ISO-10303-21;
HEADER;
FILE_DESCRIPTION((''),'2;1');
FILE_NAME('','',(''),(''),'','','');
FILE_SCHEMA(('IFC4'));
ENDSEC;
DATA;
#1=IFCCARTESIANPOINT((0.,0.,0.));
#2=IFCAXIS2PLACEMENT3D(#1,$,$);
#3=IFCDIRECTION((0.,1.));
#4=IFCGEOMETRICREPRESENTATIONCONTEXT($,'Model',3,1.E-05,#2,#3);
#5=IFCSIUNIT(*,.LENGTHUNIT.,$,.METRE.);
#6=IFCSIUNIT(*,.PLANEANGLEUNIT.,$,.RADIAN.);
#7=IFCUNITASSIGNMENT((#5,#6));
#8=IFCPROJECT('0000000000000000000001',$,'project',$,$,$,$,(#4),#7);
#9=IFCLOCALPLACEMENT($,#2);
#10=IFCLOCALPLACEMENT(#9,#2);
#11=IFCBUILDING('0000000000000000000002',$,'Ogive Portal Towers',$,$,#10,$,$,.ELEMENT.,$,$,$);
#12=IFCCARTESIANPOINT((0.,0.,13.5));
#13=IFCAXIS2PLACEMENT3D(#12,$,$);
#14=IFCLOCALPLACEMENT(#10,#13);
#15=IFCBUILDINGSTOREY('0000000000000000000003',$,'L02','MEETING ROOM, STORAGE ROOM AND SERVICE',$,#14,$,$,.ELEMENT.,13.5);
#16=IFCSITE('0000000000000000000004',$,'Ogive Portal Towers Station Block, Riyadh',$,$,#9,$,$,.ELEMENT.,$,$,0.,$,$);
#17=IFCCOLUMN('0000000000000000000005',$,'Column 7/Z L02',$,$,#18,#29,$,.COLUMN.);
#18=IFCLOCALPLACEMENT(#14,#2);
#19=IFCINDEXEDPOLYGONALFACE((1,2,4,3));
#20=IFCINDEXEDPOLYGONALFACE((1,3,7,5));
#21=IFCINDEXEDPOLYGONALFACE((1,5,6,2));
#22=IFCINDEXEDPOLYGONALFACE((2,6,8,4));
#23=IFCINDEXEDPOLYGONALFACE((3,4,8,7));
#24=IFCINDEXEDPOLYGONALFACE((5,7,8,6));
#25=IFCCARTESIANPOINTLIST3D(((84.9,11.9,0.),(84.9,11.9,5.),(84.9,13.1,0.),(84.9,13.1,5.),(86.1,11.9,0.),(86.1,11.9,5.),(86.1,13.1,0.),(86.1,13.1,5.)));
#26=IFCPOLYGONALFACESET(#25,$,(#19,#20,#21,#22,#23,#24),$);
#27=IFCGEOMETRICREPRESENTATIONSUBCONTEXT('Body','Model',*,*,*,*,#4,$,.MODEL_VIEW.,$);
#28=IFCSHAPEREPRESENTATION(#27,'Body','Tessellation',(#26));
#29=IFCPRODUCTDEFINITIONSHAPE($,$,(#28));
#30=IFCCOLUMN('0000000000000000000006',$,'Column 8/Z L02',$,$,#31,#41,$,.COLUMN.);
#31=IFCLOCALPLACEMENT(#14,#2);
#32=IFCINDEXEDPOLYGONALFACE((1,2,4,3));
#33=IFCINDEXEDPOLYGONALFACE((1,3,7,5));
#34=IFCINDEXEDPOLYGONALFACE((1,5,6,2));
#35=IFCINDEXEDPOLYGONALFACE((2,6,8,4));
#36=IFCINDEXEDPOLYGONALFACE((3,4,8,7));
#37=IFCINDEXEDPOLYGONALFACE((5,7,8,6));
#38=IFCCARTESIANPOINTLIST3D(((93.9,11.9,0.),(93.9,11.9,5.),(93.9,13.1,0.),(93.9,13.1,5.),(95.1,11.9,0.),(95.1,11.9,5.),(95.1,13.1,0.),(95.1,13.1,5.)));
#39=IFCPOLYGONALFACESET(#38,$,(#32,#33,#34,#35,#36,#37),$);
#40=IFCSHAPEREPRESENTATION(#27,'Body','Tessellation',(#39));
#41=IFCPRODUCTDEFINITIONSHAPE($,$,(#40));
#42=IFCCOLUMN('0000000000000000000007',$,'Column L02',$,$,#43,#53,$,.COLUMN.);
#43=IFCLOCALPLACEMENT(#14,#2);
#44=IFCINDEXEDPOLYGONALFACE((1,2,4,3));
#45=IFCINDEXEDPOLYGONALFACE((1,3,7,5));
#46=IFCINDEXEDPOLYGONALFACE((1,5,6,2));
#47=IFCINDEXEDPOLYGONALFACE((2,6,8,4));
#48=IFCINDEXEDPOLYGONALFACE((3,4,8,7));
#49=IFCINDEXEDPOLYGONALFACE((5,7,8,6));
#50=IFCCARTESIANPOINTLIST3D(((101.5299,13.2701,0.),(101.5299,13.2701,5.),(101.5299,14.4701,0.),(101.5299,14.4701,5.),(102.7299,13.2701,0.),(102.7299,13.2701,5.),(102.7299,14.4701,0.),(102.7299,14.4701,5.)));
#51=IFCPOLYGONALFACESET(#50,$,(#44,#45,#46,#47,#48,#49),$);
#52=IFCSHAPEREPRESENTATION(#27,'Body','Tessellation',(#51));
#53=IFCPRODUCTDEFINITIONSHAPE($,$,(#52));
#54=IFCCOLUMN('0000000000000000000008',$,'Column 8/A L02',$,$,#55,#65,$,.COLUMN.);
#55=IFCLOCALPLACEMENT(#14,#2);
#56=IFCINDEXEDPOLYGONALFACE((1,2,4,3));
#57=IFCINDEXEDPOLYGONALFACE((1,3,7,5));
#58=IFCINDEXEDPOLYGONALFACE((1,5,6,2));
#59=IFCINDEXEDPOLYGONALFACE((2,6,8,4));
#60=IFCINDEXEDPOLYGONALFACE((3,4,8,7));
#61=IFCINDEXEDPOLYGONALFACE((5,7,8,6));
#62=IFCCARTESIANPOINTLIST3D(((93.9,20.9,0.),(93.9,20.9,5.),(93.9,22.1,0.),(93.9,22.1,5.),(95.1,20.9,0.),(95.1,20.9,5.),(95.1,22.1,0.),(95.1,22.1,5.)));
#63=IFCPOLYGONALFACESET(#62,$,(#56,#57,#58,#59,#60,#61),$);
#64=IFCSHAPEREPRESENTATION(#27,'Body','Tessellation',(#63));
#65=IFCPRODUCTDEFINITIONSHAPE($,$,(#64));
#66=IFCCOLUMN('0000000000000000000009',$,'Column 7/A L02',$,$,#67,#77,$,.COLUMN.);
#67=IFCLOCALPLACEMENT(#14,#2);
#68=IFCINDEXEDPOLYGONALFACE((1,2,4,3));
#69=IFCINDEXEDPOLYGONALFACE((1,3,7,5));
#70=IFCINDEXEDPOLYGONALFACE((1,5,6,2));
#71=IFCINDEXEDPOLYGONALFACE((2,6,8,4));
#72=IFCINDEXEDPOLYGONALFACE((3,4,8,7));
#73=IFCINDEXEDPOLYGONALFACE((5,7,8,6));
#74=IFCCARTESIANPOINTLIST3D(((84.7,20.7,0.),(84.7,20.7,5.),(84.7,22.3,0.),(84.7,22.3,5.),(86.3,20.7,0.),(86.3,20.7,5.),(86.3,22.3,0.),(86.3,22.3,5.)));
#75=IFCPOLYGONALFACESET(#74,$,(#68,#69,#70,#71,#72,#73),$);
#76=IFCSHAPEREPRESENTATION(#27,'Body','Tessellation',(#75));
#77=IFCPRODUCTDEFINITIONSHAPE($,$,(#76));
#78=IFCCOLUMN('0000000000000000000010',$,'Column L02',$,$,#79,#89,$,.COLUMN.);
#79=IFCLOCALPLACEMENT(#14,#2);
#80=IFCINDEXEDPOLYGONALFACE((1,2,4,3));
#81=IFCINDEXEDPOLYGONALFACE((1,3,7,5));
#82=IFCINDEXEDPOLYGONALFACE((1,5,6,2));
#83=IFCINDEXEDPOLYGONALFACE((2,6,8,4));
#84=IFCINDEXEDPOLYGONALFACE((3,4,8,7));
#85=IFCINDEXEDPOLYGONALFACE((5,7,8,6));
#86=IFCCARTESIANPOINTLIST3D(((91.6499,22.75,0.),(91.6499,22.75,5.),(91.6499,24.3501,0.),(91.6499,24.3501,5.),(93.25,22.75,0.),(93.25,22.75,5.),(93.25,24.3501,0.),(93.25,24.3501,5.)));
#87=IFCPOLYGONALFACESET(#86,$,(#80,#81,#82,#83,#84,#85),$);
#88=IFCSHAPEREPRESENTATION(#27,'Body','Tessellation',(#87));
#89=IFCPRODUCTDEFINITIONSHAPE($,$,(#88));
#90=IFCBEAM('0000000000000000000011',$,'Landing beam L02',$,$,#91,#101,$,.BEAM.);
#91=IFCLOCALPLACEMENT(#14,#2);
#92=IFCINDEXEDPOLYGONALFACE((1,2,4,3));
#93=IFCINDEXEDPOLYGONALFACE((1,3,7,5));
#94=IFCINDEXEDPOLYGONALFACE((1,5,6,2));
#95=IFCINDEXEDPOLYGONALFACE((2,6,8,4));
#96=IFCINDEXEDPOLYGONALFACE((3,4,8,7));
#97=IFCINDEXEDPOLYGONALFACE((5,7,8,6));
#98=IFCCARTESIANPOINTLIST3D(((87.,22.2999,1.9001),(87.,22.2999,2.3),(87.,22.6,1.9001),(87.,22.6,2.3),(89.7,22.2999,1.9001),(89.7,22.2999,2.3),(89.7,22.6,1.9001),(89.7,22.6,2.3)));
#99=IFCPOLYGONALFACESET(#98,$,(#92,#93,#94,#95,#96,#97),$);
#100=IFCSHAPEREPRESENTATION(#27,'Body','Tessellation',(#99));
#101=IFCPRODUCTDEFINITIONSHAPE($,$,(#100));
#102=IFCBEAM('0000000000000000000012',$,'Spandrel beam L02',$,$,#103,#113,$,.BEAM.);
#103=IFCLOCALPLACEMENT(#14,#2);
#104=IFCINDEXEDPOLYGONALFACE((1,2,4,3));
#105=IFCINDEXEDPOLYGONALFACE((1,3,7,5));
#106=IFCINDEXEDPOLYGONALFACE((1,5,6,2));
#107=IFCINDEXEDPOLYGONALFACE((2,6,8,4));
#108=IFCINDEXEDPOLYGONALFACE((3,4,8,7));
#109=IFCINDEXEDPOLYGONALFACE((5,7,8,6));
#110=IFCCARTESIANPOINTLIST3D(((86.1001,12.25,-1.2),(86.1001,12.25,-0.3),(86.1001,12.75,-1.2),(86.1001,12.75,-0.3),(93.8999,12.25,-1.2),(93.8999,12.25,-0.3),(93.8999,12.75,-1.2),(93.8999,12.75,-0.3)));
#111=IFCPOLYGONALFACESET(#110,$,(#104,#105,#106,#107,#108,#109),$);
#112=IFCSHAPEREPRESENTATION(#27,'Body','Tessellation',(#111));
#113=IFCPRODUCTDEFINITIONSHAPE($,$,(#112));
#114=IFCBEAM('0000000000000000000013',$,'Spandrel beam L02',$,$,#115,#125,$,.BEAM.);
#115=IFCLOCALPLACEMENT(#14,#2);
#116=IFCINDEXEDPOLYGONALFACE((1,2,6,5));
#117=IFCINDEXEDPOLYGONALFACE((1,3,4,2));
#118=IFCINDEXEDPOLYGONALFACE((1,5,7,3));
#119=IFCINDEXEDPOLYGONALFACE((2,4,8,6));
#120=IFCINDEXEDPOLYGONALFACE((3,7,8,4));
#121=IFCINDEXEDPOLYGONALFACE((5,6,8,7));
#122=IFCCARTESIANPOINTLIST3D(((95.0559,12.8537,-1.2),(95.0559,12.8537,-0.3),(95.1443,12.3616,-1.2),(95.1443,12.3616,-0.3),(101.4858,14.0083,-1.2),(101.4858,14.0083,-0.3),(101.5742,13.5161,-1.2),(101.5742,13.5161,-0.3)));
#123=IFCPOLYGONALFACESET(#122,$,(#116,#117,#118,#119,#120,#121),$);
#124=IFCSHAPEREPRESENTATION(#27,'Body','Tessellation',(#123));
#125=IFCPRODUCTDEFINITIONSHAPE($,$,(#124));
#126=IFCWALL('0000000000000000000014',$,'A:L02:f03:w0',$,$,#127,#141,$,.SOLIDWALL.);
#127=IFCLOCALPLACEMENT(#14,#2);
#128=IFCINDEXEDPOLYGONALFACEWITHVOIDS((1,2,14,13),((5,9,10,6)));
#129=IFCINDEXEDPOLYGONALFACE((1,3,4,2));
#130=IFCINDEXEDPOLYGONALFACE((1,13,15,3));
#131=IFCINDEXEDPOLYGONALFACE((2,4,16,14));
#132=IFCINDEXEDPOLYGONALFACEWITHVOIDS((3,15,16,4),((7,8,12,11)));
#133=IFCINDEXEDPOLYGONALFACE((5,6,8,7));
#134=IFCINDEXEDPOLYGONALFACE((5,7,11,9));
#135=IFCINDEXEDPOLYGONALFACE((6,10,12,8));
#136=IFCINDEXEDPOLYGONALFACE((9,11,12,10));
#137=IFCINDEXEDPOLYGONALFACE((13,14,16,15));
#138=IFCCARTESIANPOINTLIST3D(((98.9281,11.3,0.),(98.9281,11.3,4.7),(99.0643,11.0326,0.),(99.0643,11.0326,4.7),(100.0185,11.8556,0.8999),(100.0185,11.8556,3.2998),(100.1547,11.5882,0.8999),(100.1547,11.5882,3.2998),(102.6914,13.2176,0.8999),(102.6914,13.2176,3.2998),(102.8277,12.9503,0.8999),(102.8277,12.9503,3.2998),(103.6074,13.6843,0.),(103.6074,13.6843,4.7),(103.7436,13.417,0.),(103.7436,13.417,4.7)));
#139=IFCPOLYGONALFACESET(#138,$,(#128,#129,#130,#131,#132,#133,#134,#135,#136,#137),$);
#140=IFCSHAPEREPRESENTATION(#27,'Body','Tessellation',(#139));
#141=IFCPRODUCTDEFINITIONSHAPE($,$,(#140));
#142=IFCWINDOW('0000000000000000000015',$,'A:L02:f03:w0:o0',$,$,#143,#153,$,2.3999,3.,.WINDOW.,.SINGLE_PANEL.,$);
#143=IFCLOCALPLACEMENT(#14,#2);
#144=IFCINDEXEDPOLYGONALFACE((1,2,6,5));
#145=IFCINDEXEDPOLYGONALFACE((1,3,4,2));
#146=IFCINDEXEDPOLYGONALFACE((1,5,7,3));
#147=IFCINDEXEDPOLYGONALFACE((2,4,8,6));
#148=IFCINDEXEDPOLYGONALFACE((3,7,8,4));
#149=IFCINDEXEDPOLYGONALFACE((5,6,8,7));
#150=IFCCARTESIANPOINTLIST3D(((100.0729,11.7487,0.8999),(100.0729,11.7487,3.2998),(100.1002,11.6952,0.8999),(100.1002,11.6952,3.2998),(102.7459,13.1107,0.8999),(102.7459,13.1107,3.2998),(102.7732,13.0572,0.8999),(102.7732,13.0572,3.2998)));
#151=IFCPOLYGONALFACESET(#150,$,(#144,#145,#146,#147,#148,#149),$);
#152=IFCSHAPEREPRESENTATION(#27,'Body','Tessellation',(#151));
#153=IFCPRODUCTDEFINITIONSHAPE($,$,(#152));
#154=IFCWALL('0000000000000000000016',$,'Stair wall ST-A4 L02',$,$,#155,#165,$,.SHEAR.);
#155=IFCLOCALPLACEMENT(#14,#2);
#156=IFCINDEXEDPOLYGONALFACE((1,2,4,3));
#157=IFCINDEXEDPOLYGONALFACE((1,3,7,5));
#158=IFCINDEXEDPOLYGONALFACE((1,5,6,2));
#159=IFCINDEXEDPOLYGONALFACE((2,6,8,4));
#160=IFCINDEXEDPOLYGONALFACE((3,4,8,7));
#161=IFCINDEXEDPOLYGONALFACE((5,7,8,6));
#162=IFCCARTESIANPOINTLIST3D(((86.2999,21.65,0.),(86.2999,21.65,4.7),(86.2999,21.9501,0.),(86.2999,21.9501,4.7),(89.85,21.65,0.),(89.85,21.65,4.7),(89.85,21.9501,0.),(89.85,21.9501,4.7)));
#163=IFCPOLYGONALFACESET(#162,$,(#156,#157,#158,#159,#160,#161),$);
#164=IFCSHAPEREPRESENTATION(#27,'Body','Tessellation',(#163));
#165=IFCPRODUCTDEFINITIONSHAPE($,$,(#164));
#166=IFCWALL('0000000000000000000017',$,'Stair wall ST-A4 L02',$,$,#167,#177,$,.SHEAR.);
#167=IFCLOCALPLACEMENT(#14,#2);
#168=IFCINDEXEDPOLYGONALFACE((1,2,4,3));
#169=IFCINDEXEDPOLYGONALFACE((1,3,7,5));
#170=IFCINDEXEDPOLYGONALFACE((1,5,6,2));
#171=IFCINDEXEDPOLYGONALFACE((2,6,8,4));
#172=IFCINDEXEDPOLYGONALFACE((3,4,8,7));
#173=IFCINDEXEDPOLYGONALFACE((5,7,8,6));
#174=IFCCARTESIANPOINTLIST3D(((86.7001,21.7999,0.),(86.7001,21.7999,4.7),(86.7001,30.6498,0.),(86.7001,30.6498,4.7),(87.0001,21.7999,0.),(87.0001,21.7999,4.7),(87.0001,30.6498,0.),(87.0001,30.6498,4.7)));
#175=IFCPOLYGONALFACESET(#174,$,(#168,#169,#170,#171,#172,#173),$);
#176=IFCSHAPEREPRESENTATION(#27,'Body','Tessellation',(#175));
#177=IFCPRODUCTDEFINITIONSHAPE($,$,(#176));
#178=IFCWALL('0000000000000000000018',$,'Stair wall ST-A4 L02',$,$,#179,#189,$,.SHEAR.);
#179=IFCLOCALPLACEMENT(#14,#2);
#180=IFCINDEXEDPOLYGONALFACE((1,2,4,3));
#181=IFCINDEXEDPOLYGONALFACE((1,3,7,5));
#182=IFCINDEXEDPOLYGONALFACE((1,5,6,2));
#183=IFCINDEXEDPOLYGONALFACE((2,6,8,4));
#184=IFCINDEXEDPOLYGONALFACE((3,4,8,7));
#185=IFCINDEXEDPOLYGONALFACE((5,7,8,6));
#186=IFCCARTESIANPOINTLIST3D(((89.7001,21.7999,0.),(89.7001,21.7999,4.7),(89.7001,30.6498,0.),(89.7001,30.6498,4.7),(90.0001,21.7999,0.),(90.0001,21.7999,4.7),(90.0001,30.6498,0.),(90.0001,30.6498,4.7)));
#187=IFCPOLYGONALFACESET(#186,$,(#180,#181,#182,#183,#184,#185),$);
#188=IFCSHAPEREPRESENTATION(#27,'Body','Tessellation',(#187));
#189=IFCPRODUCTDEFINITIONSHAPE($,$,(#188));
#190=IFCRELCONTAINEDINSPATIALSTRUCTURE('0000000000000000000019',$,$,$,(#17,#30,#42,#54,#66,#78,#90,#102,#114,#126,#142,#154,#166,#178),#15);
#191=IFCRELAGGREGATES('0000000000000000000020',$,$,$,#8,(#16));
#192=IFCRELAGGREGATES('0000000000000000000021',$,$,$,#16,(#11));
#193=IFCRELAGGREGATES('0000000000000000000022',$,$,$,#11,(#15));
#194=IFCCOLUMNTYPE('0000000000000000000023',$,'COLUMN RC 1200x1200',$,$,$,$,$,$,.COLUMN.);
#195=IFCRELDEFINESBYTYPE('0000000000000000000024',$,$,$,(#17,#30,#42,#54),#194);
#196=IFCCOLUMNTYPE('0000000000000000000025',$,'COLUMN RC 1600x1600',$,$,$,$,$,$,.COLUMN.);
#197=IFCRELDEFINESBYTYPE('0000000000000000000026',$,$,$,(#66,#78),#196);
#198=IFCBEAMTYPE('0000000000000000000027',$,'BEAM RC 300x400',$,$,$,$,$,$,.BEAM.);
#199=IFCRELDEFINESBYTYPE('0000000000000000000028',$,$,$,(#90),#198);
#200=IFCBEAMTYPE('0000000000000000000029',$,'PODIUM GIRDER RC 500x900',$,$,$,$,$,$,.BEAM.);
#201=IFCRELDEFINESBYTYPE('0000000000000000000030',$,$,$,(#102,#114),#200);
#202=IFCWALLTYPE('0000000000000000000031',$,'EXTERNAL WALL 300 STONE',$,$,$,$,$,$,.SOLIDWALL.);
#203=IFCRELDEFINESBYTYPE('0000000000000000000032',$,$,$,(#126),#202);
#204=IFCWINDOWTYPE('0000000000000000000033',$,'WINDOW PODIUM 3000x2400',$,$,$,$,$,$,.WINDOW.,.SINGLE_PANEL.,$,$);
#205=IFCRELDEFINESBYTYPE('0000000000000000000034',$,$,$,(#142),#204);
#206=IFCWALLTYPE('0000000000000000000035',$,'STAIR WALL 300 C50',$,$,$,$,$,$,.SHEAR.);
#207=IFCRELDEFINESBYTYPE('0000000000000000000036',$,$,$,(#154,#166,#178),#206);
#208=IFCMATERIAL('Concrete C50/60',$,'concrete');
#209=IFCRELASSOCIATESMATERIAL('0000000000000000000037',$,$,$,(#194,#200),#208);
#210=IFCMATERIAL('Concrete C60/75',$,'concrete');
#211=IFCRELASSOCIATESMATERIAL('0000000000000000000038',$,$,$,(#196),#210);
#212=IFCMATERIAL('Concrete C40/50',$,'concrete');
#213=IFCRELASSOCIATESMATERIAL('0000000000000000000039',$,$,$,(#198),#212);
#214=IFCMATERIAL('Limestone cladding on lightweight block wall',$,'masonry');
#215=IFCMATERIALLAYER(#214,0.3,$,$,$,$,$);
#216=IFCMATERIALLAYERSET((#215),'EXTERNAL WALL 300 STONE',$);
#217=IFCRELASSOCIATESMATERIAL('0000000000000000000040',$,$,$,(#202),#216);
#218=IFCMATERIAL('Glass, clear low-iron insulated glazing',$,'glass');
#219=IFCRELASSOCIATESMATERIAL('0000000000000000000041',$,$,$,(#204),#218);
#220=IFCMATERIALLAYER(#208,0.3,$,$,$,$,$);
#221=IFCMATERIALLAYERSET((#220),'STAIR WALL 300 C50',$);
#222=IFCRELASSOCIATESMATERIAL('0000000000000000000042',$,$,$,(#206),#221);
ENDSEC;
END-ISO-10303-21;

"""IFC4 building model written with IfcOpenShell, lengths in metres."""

from ifc_helpers import new_model, si_unit, direction, frame, frame_2d, origin, origin_2d, place, context, subcontext, project, spatial, rectangle, extrude, material, layer, layer_set, material_profile, profile_set, type_object, element, fill, save


model = new_model("IFC4")

# Units and contexts
model_context = context("Model", 3, precision=1e-05, world=origin(), true_north=direction((0.0, 1.0)))
body_context = subcontext(model_context, "Body", "Model", "MODEL_VIEW")
ifc_project = project(units=[si_unit("LENGTHUNIT", "METRE"), si_unit("PLANEANGLEUNIT", "RADIAN")], contexts=[model_context])

# Site, building, storey
site_placement = place(None, origin())
site = spatial("IfcSite", under=ifc_project, at=site_placement, Name="Ogive Portal Towers Station Block, Riyadh", CompositionType="ELEMENT", RefElevation=0.0)
building_placement = place(site_placement, origin())
building = spatial("IfcBuilding", under=site, at=building_placement, Name="Ogive Portal Towers", CompositionType="ELEMENT")
storey_placement = place(building_placement, frame((0.0, 0.0, 13.5)))
storey = spatial("IfcBuildingStorey", under=building, at=storey_placement, Name="L02", Description="MEETING ROOM, STORAGE ROOM AND SERVICE", CompositionType="ELEMENT", Elevation=13.5)

# Columns
ifc_material_1 = material(Name="Concrete C50/60", Category="concrete")
ifc_material_profile_1 = material_profile(ifc_material_1, rectangle(XDim=1.2, YDim=1.2, at=origin_2d()), Name="RC 1200x1200")
ifc_profile_set_1 = profile_set([ifc_material_profile_1], Name="Concrete C50/60")
column_type_1 = type_object("IfcColumnType", Name="COLUMN RC 1200x1200", PredefinedType="COLUMN", material=ifc_profile_set_1)
for number, where, z_axis, x_axis, name in (
    (1, (85.5, 12.5, 0.0), (0.0, 0.0, 1.0), (1.0, 0.0, 0.0), "Column 7/Z L02"),
    (2, (94.5, 12.5, 0.0), (0.0, 0.0, 1.0), (1.0, 0.0, 0.0), "Column 8/Z L02"),
    (3, (102.1299, 13.8701, 0.0), (0.0, 0.0, 1.0), (1.0, 0.0, 0.0), "Column L02"),
    (4, (94.5, 21.5, 0.0), (0.0, 0.0, 1.0), (1.0, 0.0, 0.0), "Column 8/A L02"),
):
    element("IfcColumn", number, at=place(storey_placement, frame(where, z_axis=z_axis, x_axis=x_axis)), inside=storey, type_object=column_type_1, Name=name, PredefinedType="COLUMN", context=body_context, shape_type="SweptSolid", body=[
        extrude(rectangle(XDim=1.2, YDim=1.2, at=origin_2d()), origin(), (0.0, 0.0, 1.0), 5.0),
    ])
ifc_material_2 = material(Name="Concrete C60/75", Category="concrete")
ifc_material_profile_2 = material_profile(ifc_material_2, rectangle(XDim=1.6001, YDim=1.6001, at=origin_2d()), Name="RC 1600x1600")
ifc_profile_set_2 = profile_set([ifc_material_profile_2], Name="Concrete C60/75")
column_type_2 = type_object("IfcColumnType", Name="COLUMN RC 1600x1600", PredefinedType="COLUMN", material=ifc_profile_set_2)
for number, where, z_axis, x_axis, name in (
    (5, (85.5, 21.5, 0.0), (0.0, 0.0, 1.0), (1.0, 0.0, 0.0), "Column 7/A L02"),
    (6, (92.45, 23.55, 0.0), (0.0, 0.0, 1.0), (1.0, 0.0, 0.0), "Column L02"),
):
    element("IfcColumn", number, at=place(storey_placement, frame(where, z_axis=z_axis, x_axis=x_axis)), inside=storey, type_object=column_type_2, Name=name, PredefinedType="COLUMN", context=body_context, shape_type="SweptSolid", body=[
        extrude(rectangle(XDim=1.6001, YDim=1.6001, at=origin_2d()), origin(), (0.0, 0.0, 1.0), 5.0),
    ])

# Beams
ifc_material_3 = material(Name="Concrete C40/50", Category="concrete")
ifc_material_profile_3 = material_profile(ifc_material_3, rectangle(XDim=0.3, YDim=0.3999, at=origin_2d()), Name="RC 300x400")
ifc_profile_set_3 = profile_set([ifc_material_profile_3], Name="Concrete C40/50")
beam_type_1 = type_object("IfcBeamType", Name="BEAM RC 300x400", PredefinedType="BEAM", material=ifc_profile_set_3)
beam_1_placement = place(storey_placement, frame((87.0, 22.45, 2.1001), z_axis=(1.0, 0.0, 0.0), x_axis=(0.0, 1.0, 0.0)))
element("IfcBeam", 7, at=beam_1_placement, inside=storey, type_object=beam_type_1, Name="Landing beam L02", PredefinedType="BEAM", context=body_context, shape_type="SweptSolid", body=[
    extrude(rectangle(XDim=0.3, YDim=0.3999, at=origin_2d()), origin(), (0.0, 0.0, 1.0), 2.7),
])
ifc_material_profile_4 = material_profile(ifc_material_1, rectangle(XDim=0.5, YDim=0.8999, at=origin_2d()), Name="RC 500x900")
ifc_profile_set_4 = profile_set([ifc_material_profile_4], Name="Concrete C50/60")
beam_type_2 = type_object("IfcBeamType", Name="PODIUM GIRDER RC 500x900", PredefinedType="BEAM", material=ifc_profile_set_4)
beam_2_placement = place(storey_placement, frame((86.1001, 12.5, -0.75), z_axis=(1.0, 0.0, 0.0), x_axis=(0.0, 1.0, 0.0)))
element("IfcBeam", 8, at=beam_2_placement, inside=storey, type_object=beam_type_2, Name="Spandrel beam L02", PredefinedType="BEAM", context=body_context, shape_type="SweptSolid", body=[
    extrude(rectangle(XDim=0.5, YDim=0.8999, at=origin_2d()), origin(), (0.0, 0.0, 1.0), 7.7998),
])
beam_3_placement = place(storey_placement, frame((95.1001, 12.6077, -0.75), z_axis=(0.984259, 0.176731, 0.0), x_axis=(-0.176731, 0.984259, 0.0)))
element("IfcBeam", 9, at=beam_3_placement, inside=storey, type_object=beam_type_2, Name="Spandrel beam L02", PredefinedType="BEAM", context=body_context, shape_type="SweptSolid", body=[
    extrude(rectangle(XDim=0.5, YDim=0.8999, at=origin_2d()), origin(), (0.0, 0.0, 1.0), 6.5327),
])

# Wall, opening, window
ifc_material_4 = material(Name="Limestone cladding on lightweight block wall", Category="masonry")
ifc_layer_1 = layer(ifc_material_4, 0.3)
ifc_layer_set_1 = layer_set([ifc_layer_1], Name="EXTERNAL WALL 300 STONE")
wall_type_1 = type_object("IfcWallType", Name="EXTERNAL WALL 300 STONE", PredefinedType="SOLIDWALL", material=ifc_layer_set_1)
wall_1_placement = place(storey_placement, frame((98.9961, 11.1663, 0.0), z_axis=(0.0, 0.0, 1.0), x_axis=(0.890998, 0.454007, 0.0)))
wall_1 = element("IfcWall", 10, at=wall_1_placement, inside=storey, type_object=wall_type_1, Name="A:L02:f03:w0", PredefinedType="SOLIDWALL", context=body_context, shape_type="SweptSolid", body=[
    extrude(rectangle(XDim=5.2517, YDim=0.3, at=frame_2d((2.626, 0.0))), origin(), (0.0, 0.0, 1.0), 4.7),
])
opening_1_placement = place(wall_1_placement, frame((1.2239, 0.0, 0.8999)))
opening_1 = element("IfcOpeningElement", 11, at=opening_1_placement, cuts=wall_1, PredefinedType="OPENING", context=body_context, shape_type="SweptSolid", body=[
    extrude(rectangle(XDim=3.0, YDim=2.3999, at=frame_2d((1.5, 1.2))), frame((0.0, 0.1602, 0.0), z_axis=(0.0, -1.0, 0.0), x_axis=(1.0, 0.0, 0.0)), (0.0, 0.0, 1.0), 0.3201),
])
ifc_material_5 = material(Name="Glass, clear low-iron insulated glazing", Category="glass")
window_type = type_object("IfcWindowType", Name="WINDOW PODIUM 3000x2400", PartitioningType="SINGLE_PANEL", PredefinedType="WINDOW", material=ifc_material_5)
window_placement = place(opening_1_placement, origin())
window = element("IfcWindow", 12, at=window_placement, inside=storey, type_object=window_type, Name="A:L02:f03:w0:o0", OverallHeight=2.3999, OverallWidth=3.0, PartitioningType="SINGLE_PANEL", PredefinedType="WINDOW", context=body_context, shape_type="SweptSolid", body=[
    extrude(rectangle(XDim=3.0, YDim=2.3999, at=frame_2d((1.5, 1.2))), frame((0.0, 0.03, 0.0), z_axis=(0.0, -1.0, 0.0), x_axis=(1.0, 0.0, 0.0)), (0.0, 0.0, 1.0), 0.0601),
])
fill(opening_1, window)

# Walls
ifc_layer_2 = layer(ifc_material_1, 0.3)
ifc_layer_set_2 = layer_set([ifc_layer_2], Name="STAIR WALL 300 C50")
wall_type_2 = type_object("IfcWallType", Name="STAIR WALL 300 C50", PredefinedType="SHEAR", material=ifc_layer_set_2)
wall_2_placement = place(storey_placement, frame((86.3, 21.8, 0.0), z_axis=(0.0, 0.0, 1.0), x_axis=(1.0, 0.0, 0.0)))
element("IfcWall", 13, at=wall_2_placement, inside=storey, type_object=wall_type_2, Name="Stair wall ST-A4 L02", PredefinedType="SHEAR", context=body_context, shape_type="SweptSolid", body=[
    extrude(rectangle(XDim=3.55, YDim=0.3, at=frame_2d((1.7749, 0.0))), origin(), (0.0, 0.0, 1.0), 4.7),
])
for number, where, z_axis, x_axis, name in (
    (14, (86.8501, 21.8, 0.0), (0.0, 0.0, 1.0), (0.0, 1.0, 0.0), "Stair wall ST-A4 L02"),
    (15, (89.8501, 21.8, 0.0), (0.0, 0.0, 1.0), (0.0, 1.0, 0.0), "Stair wall ST-A4 L02"),
):
    element("IfcWall", number, at=place(storey_placement, frame(where, z_axis=z_axis, x_axis=x_axis)), inside=storey, type_object=wall_type_2, Name=name, PredefinedType="SHEAR", context=body_context, shape_type="SweptSolid", body=[
        extrude(rectangle(XDim=8.8499, YDim=0.3, at=frame_2d((4.4248, 0.0))), origin(), (0.0, 0.0, 1.0), 4.7),
    ])

save(model, "model.ifc")
